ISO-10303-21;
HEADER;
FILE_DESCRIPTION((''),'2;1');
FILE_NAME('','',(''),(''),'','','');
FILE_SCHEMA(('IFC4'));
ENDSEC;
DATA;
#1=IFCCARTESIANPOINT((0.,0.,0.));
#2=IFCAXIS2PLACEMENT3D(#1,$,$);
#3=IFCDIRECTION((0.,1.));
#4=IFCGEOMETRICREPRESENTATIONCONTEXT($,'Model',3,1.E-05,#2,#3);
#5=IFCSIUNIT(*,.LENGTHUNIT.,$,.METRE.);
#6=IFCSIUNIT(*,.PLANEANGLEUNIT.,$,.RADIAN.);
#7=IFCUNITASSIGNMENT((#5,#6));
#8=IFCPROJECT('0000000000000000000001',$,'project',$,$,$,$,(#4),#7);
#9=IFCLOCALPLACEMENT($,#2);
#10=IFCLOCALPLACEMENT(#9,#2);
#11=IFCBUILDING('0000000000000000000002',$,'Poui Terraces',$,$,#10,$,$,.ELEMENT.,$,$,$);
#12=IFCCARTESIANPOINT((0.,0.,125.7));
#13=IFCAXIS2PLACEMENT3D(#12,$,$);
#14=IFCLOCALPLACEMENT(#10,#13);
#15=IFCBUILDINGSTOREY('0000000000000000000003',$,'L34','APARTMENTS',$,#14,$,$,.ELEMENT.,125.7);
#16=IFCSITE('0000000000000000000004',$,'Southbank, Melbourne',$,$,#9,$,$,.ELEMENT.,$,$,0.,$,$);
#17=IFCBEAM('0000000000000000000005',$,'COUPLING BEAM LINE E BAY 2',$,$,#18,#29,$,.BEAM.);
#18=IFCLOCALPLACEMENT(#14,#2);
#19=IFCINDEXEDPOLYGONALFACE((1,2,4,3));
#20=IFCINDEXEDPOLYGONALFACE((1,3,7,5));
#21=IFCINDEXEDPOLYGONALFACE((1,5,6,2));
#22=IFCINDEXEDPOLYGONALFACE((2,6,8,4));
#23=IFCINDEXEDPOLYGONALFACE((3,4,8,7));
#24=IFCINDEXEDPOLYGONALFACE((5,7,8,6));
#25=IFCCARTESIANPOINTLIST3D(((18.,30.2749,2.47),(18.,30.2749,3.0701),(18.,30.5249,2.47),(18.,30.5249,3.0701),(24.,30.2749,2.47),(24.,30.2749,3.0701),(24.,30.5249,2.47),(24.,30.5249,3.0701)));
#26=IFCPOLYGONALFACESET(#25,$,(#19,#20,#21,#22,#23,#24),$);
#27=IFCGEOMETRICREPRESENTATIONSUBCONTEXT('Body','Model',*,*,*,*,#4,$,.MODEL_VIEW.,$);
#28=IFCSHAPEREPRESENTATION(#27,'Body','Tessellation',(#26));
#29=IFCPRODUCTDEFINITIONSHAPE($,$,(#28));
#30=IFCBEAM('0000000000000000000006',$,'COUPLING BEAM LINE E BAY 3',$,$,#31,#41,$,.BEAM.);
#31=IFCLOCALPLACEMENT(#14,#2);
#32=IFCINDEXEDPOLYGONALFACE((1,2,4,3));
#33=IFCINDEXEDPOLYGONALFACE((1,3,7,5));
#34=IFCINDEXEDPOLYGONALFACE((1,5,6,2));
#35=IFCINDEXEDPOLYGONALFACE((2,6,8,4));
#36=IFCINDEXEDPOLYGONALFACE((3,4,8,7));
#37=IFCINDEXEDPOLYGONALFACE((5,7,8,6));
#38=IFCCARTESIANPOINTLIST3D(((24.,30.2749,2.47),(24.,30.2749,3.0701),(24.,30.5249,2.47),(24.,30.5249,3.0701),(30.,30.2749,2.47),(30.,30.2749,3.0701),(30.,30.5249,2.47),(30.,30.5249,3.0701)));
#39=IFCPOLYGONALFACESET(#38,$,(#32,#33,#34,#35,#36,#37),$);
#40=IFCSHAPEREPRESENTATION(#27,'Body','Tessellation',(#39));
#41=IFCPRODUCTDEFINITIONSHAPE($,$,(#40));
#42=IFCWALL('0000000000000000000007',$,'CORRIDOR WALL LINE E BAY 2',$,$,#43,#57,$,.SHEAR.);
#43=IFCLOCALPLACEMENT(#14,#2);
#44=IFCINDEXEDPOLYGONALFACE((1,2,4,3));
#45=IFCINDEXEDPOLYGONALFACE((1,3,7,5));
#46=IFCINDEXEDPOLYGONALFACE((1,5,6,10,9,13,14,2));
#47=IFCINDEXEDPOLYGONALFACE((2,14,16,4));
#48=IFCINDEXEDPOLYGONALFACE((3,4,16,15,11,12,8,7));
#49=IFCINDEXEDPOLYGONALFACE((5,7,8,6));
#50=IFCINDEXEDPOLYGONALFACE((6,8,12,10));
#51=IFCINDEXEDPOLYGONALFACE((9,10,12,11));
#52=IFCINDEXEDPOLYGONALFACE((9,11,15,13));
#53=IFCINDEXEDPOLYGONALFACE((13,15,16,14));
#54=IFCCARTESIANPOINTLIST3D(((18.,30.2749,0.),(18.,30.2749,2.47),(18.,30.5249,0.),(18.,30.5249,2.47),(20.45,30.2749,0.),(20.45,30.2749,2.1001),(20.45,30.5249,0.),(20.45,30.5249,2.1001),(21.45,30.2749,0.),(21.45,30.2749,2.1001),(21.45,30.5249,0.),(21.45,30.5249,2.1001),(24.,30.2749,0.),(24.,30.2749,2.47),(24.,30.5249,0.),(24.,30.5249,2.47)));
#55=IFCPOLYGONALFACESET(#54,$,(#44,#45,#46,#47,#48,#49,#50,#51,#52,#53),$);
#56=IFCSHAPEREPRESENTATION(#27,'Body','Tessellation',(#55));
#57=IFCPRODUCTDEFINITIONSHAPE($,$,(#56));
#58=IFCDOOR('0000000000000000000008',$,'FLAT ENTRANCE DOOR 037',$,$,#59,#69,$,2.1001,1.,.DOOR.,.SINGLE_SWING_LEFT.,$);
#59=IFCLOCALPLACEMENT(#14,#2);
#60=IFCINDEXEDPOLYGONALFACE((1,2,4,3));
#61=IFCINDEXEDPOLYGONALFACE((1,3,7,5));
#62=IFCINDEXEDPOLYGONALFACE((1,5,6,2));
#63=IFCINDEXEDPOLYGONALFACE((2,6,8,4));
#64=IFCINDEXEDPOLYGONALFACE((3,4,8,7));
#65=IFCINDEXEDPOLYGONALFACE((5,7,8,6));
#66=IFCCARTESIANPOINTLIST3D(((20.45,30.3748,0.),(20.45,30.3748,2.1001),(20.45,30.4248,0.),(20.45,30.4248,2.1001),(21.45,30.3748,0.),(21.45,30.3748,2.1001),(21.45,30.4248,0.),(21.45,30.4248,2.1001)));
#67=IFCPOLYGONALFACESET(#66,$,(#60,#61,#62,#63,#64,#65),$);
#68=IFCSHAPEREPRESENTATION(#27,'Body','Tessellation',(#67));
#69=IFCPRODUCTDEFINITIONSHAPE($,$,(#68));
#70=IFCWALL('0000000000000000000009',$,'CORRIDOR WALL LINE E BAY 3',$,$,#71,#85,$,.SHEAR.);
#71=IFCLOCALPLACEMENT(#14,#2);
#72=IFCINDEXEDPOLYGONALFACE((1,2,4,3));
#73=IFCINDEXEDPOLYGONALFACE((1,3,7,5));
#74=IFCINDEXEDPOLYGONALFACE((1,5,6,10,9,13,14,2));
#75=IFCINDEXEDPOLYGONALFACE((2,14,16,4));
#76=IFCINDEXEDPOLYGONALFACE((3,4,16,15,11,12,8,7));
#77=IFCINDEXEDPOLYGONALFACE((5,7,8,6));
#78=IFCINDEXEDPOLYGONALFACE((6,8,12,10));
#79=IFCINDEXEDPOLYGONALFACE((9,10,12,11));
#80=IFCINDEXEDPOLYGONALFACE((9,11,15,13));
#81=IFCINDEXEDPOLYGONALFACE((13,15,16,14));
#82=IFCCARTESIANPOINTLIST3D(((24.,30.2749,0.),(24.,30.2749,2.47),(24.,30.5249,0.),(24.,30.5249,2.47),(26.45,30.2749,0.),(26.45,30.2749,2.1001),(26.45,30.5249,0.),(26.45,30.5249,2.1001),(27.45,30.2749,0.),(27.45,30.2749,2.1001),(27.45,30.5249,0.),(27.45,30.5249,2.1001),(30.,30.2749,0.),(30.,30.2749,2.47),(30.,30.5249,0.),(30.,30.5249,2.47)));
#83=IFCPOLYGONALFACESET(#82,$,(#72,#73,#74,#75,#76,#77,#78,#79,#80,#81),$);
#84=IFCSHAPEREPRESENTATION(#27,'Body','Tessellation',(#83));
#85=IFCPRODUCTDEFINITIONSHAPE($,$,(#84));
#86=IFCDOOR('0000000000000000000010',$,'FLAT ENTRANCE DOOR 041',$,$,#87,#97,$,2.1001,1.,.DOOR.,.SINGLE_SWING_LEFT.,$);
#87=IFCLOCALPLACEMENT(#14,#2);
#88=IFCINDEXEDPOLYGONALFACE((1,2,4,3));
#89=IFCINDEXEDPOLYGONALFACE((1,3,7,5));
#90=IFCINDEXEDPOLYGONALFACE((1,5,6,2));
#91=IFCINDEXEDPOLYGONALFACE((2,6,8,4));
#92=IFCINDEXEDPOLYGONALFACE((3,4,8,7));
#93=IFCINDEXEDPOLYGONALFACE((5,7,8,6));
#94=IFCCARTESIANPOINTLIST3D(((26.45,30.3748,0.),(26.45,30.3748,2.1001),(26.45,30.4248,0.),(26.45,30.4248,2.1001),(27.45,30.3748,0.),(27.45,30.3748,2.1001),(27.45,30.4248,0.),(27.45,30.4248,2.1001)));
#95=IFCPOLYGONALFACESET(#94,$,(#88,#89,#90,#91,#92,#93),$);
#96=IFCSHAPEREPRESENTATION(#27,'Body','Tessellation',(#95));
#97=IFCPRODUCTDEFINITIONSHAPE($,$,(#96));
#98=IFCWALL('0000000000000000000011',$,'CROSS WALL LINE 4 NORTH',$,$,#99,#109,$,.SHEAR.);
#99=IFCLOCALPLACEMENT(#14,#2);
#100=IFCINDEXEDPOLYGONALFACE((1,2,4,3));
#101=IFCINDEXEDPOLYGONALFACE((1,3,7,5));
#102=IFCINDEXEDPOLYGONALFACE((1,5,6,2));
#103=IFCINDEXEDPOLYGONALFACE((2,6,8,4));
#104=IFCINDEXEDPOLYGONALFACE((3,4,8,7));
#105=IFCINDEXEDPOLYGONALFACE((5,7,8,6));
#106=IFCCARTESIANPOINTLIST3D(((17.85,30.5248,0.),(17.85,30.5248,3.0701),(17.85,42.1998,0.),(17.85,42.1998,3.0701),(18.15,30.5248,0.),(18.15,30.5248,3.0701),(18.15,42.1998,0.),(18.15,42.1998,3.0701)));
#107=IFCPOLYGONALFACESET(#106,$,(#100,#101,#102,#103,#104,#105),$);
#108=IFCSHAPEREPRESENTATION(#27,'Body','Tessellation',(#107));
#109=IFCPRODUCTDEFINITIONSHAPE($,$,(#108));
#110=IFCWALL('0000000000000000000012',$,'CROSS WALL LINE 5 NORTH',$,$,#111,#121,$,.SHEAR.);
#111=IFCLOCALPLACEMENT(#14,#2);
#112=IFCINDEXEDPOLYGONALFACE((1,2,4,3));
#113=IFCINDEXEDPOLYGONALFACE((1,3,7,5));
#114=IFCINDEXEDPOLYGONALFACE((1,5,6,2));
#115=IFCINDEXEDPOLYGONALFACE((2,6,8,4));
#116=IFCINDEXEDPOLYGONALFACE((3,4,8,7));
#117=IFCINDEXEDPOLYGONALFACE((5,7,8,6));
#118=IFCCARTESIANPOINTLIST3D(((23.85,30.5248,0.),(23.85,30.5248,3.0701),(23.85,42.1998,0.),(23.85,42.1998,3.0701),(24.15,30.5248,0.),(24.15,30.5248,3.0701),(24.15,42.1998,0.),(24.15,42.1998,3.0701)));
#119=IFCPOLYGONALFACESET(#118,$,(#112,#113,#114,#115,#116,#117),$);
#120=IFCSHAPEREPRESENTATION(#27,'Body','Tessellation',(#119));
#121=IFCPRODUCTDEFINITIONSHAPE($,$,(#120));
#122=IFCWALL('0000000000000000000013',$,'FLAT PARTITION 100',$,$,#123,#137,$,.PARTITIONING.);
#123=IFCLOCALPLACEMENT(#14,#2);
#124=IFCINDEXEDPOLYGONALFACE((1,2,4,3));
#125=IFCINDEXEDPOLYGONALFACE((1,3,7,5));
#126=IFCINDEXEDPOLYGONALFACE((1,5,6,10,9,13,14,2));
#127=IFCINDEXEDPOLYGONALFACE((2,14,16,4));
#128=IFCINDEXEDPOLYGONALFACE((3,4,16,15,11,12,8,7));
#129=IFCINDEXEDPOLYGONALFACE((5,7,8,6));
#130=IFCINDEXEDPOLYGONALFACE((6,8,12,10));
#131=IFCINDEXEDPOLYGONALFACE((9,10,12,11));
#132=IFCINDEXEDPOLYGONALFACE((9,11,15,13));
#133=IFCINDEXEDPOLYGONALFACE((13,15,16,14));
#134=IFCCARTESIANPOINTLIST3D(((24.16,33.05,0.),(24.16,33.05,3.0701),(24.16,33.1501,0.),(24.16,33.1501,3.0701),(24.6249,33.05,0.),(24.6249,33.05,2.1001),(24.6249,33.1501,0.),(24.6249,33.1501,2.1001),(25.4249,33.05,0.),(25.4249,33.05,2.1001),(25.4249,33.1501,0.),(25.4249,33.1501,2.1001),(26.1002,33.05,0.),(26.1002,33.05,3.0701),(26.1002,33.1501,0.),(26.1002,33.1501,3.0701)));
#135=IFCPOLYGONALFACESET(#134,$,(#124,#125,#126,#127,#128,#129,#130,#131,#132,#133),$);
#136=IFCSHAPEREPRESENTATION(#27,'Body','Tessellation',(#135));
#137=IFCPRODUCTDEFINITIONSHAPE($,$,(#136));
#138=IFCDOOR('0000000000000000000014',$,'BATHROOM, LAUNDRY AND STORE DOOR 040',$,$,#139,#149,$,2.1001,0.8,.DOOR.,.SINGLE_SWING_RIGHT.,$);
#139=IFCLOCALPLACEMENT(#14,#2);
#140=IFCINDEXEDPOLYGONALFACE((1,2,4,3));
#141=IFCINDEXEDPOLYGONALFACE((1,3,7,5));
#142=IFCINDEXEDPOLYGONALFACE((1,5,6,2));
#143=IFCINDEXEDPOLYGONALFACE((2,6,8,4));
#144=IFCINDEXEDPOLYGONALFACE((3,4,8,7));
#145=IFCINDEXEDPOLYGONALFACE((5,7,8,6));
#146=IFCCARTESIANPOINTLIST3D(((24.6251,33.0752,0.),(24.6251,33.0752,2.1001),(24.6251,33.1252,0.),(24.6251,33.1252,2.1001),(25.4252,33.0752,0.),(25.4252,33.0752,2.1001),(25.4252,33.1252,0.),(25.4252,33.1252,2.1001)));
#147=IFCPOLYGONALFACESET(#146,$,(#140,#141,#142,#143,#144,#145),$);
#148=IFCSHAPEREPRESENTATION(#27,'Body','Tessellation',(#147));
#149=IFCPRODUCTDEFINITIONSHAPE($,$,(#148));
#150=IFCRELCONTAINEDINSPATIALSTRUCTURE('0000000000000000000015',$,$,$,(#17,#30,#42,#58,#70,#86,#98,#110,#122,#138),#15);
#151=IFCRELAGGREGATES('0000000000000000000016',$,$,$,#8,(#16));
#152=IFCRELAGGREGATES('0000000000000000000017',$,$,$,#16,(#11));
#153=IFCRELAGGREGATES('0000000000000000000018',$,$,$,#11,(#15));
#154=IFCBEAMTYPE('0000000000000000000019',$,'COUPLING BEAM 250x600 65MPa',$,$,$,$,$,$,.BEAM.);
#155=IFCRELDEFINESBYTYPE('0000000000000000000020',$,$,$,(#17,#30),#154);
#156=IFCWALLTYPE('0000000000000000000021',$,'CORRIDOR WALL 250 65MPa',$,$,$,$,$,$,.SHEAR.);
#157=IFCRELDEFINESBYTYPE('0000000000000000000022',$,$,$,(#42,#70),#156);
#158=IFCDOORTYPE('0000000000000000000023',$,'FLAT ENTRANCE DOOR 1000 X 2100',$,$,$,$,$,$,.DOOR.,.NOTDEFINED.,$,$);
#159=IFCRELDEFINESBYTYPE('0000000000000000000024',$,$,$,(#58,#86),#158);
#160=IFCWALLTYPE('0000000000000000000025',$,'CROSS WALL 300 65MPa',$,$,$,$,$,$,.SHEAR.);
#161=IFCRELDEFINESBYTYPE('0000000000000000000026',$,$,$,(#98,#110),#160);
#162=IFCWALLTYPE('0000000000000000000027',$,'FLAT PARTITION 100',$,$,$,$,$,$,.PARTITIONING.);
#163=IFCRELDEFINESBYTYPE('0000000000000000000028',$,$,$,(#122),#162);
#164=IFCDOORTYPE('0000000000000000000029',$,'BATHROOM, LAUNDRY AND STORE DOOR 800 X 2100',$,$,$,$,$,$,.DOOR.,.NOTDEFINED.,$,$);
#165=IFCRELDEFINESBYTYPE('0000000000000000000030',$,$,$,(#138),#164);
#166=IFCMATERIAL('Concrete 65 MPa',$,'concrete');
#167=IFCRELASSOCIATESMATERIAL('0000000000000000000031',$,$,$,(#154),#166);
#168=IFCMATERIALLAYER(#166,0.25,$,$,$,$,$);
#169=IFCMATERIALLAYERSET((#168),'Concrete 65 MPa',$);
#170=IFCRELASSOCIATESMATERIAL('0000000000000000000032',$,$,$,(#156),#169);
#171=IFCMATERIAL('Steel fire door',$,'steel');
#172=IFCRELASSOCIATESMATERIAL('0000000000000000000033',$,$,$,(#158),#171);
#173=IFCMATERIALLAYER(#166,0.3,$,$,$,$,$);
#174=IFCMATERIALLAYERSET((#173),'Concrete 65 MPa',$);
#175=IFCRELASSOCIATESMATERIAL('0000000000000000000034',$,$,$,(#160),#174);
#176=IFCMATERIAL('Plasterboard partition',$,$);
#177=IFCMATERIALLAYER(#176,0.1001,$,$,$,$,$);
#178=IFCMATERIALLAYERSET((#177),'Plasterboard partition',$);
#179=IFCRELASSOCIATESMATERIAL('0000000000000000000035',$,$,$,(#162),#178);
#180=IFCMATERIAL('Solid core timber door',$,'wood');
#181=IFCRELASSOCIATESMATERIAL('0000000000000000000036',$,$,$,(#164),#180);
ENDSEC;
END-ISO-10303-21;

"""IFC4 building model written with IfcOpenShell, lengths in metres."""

from ifc_helpers import new_model, si_unit, direction, frame, frame_2d, origin, origin_2d, place, context, subcontext, project, spatial, rectangle, extrude, source, transform, mapped, material, layer, layer_set, material_profile, profile_set, type_object, element, fill, save


model = new_model("IFC4")

# Units and contexts
model_context = context("Model", 3, precision=1e-05, world=origin(), true_north=direction((0.0, 1.0)))
body_context = subcontext(model_context, "Body", "Model", "MODEL_VIEW")
ifc_project = project(units=[si_unit("LENGTHUNIT", "METRE"), si_unit("PLANEANGLEUNIT", "RADIAN")], contexts=[model_context])

# Site, building, storey
site_placement = place(None, origin())
site = spatial("IfcSite", under=ifc_project, at=site_placement, Name="Southbank, Melbourne", CompositionType="ELEMENT", RefElevation=0.0)
building_placement = place(site_placement, origin())
building = spatial("IfcBuilding", under=site, at=building_placement, Name="Poui Terraces", CompositionType="ELEMENT")
storey_placement = place(building_placement, frame((0.0, 0.0, 125.7)))
storey = spatial("IfcBuildingStorey", under=building, at=storey_placement, Name="L34", Description="APARTMENTS", CompositionType="ELEMENT", Elevation=125.7)

# Beams
ifc_material_1 = material(Name="Concrete 65 MPa", Category="concrete")
ifc_material_profile_1 = material_profile(ifc_material_1, rectangle(XDim=0.25, YDim=0.6001, at=origin_2d()), Name="RC 250x600")
ifc_profile_set_1 = profile_set([ifc_material_profile_1], Name="Concrete 65 MPa")
beam_type = type_object("IfcBeamType", Name="COUPLING BEAM 250x600 65MPa", PredefinedType="BEAM", material=ifc_profile_set_1)
shared_shape_1 = source(origin(), body_context, "Body", "SweptSolid", [
    extrude(rectangle(XDim=0.25, YDim=0.6001, at=origin_2d()), origin(), (0.0, 0.0, 1.0), 6.0),
])
for number, where, z_axis, x_axis, name in (
    (1, (18.0, 30.3999, 2.77), (1.0, 0.0, 0.0), (0.0, 1.0, 0.0), "COUPLING BEAM LINE E BAY 2"),
    (2, (24.0, 30.3999, 2.77), (1.0, 0.0, 0.0), (0.0, 1.0, 0.0), "COUPLING BEAM LINE E BAY 3"),
):
    element("IfcBeam", number, at=place(storey_placement, frame(where, z_axis=z_axis, x_axis=x_axis)), inside=storey, type_object=beam_type, Name=name, PredefinedType="BEAM", context=body_context, shape_type="MappedRepresentation", body=[
        mapped(shared_shape_1, transform((0.0, 0.0, 0.0))),
    ])

# Walls, openings, doors
ifc_layer_1 = layer(ifc_material_1, 0.25)
ifc_layer_set_1 = layer_set([ifc_layer_1], Name="Concrete 65 MPa")
wall_type_1 = type_object("IfcWallType", Name="CORRIDOR WALL 250 65MPa", PredefinedType="SHEAR", material=ifc_layer_set_1)
wall_1_placement = place(storey_placement, frame((18.0, 30.3999, 0.0), z_axis=(0.0, 0.0, 1.0), x_axis=(1.0, 0.0, 0.0)))
wall_1 = element("IfcWall", 3, at=wall_1_placement, inside=storey, type_object=wall_type_1, Name="CORRIDOR WALL LINE E BAY 2", PredefinedType="SHEAR", context=body_context, shape_type="SweptSolid", body=[
    extrude(rectangle(XDim=6.0, YDim=0.25, at=frame_2d((3.0, 0.0))), origin(), (0.0, 0.0, 1.0), 2.47),
])
opening_1_placement = place(wall_1_placement, frame((2.45, 0.0, 0.0)))
opening_1 = element("IfcOpeningElement", 4, at=opening_1_placement, cuts=wall_1, PredefinedType="OPENING", context=body_context, shape_type="SweptSolid", body=[
    extrude(rectangle(XDim=1.0, YDim=2.1001, at=frame_2d((0.5, 1.05))), frame((0.0, 0.135, 0.0), z_axis=(0.0, -1.0, 0.0), x_axis=(1.0, 0.0, 0.0)), (0.0, 0.0, 1.0), 0.27),
])
ifc_material_2 = material(Name="Steel fire door", Category="steel")
door_type_1 = type_object("IfcDoorType", Name="FLAT ENTRANCE DOOR 1000 X 2100", OperationType="NOTDEFINED", PredefinedType="DOOR", material=ifc_material_2)
door_1_placement = place(opening_1_placement, origin())
door_1 = element("IfcDoor", 5, at=door_1_placement, inside=storey, type_object=door_type_1, Name="FLAT ENTRANCE DOOR 037", OperationType="SINGLE_SWING_LEFT", OverallHeight=2.1001, OverallWidth=1.0, PredefinedType="DOOR", context=body_context, shape_type="SweptSolid", body=[
    extrude(rectangle(XDim=1.0, YDim=2.1001, at=frame_2d((0.5, 1.05))), frame((0.0, 0.0249, 0.0), z_axis=(0.0, -1.0, 0.0), x_axis=(1.0, 0.0, 0.0)), (0.0, 0.0, 1.0), 0.05),
])
fill(opening_1, door_1)
wall_2_placement = place(storey_placement, frame((24.0, 30.3999, 0.0), z_axis=(0.0, 0.0, 1.0), x_axis=(1.0, 0.0, 0.0)))
wall_2 = element("IfcWall", 6, at=wall_2_placement, inside=storey, type_object=wall_type_1, Name="CORRIDOR WALL LINE E BAY 3", PredefinedType="SHEAR", context=body_context, shape_type="SweptSolid", body=[
    extrude(rectangle(XDim=6.0, YDim=0.25, at=frame_2d((3.0, 0.0))), origin(), (0.0, 0.0, 1.0), 2.47),
])
opening_2_placement = place(wall_2_placement, frame((2.45, 0.0, 0.0)))
opening_2 = element("IfcOpeningElement", 7, at=opening_2_placement, cuts=wall_2, PredefinedType="OPENING", context=body_context, shape_type="SweptSolid", body=[
    extrude(rectangle(XDim=1.0, YDim=2.1001, at=frame_2d((0.5, 1.05))), frame((0.0, 0.135, 0.0), z_axis=(0.0, -1.0, 0.0), x_axis=(1.0, 0.0, 0.0)), (0.0, 0.0, 1.0), 0.27),
])
door_2_placement = place(opening_2_placement, origin())
door_2 = element("IfcDoor", 8, at=door_2_placement, inside=storey, type_object=door_type_1, Name="FLAT ENTRANCE DOOR 041", OperationType="SINGLE_SWING_LEFT", OverallHeight=2.1001, OverallWidth=1.0, PredefinedType="DOOR", context=body_context, shape_type="SweptSolid", body=[
    extrude(rectangle(XDim=1.0, YDim=2.1001, at=frame_2d((0.5, 1.05))), frame((0.0, 0.0249, 0.0), z_axis=(0.0, -1.0, 0.0), x_axis=(1.0, 0.0, 0.0)), (0.0, 0.0, 1.0), 0.05),
])
fill(opening_2, door_2)

# Walls
ifc_layer_2 = layer(ifc_material_1, 0.3)
ifc_layer_set_2 = layer_set([ifc_layer_2], Name="Concrete 65 MPa")
wall_type_2 = type_object("IfcWallType", Name="CROSS WALL 300 65MPa", PredefinedType="SHEAR", material=ifc_layer_set_2)
for number, where, z_axis, x_axis, name in (
    (9, (18.0, 30.5249, 0.0), (0.0, 0.0, 1.0), (0.0, 1.0, 0.0), "CROSS WALL LINE 4 NORTH"),
    (10, (24.0, 30.5249, 0.0), (0.0, 0.0, 1.0), (0.0, 1.0, 0.0), "CROSS WALL LINE 5 NORTH"),
):
    element("IfcWall", number, at=place(storey_placement, frame(where, z_axis=z_axis, x_axis=x_axis)), inside=storey, type_object=wall_type_2, Name=name, PredefinedType="SHEAR", context=body_context, shape_type="SweptSolid", body=[
        extrude(rectangle(XDim=11.675, YDim=0.3, at=frame_2d((5.8374, 0.0))), origin(), (0.0, 0.0, 1.0), 3.0701),
    ])

# Wall, opening, door
ifc_material_3 = material(Name="Plasterboard partition")
ifc_layer_3 = layer(ifc_material_3, 0.1001)
ifc_layer_set_3 = layer_set([ifc_layer_3], Name="Plasterboard partition")
wall_type_3 = type_object("IfcWallType", Name="FLAT PARTITION 100", PredefinedType="PARTITIONING", material=ifc_layer_set_3)
wall_3_placement = place(storey_placement, frame((24.1599, 33.1001, 0.0), z_axis=(0.0, 0.0, 1.0), x_axis=(1.0, 0.0, 0.0)))
wall_3 = element("IfcWall", 11, at=wall_3_placement, inside=storey, type_object=wall_type_3, Name="FLAT PARTITION 100", PredefinedType="PARTITIONING", context=body_context, shape_type="SweptSolid", body=[
    extrude(rectangle(XDim=1.9402, YDim=0.1001, at=frame_2d((0.9702, 0.0))), origin(), (0.0, 0.0, 1.0), 3.0701),
])
opening_3_placement = place(wall_3_placement, frame((0.4651, 0.0, 0.0)))
opening_3 = element("IfcOpeningElement", 12, at=opening_3_placement, cuts=wall_3, PredefinedType="OPENING", context=body_context, shape_type="SweptSolid", body=[
    extrude(rectangle(XDim=0.8, YDim=2.1001, at=frame_2d((0.3999, 1.05))), frame((0.0, 0.0601, 0.0), z_axis=(0.0, -1.0, 0.0), x_axis=(1.0, 0.0, 0.0)), (0.0, 0.0, 1.0), 0.1201),
])
ifc_material_4 = material(Name="Solid core timber door", Category="wood")
door_type_2 = type_object("IfcDoorType", Name="BATHROOM, LAUNDRY AND STORE DOOR 800 X 2100", OperationType="NOTDEFINED", PredefinedType="DOOR", material=ifc_material_4)
door_3_placement = place(opening_3_placement, frame((0.8, 0.0, 0.0), z_axis=(0.0, 0.0, 1.0), x_axis=(-1.0, 0.0, 0.0)))
door_3 = element("IfcDoor", 13, at=door_3_placement, inside=storey, type_object=door_type_2, Name="BATHROOM, LAUNDRY AND STORE DOOR 040", OperationType="SINGLE_SWING_RIGHT", OverallHeight=2.1001, OverallWidth=0.8, PredefinedType="DOOR", context=body_context, shape_type="SweptSolid", body=[
    extrude(rectangle(XDim=0.8, YDim=2.1001, at=frame_2d((0.3999, 1.05))), frame((0.0, 0.0249, 0.0), z_axis=(0.0, -1.0, 0.0), x_axis=(1.0, 0.0, 0.0)), (0.0, 0.0, 1.0), 0.05),
])
fill(opening_3, door_3)

save(model, "model.ifc")
